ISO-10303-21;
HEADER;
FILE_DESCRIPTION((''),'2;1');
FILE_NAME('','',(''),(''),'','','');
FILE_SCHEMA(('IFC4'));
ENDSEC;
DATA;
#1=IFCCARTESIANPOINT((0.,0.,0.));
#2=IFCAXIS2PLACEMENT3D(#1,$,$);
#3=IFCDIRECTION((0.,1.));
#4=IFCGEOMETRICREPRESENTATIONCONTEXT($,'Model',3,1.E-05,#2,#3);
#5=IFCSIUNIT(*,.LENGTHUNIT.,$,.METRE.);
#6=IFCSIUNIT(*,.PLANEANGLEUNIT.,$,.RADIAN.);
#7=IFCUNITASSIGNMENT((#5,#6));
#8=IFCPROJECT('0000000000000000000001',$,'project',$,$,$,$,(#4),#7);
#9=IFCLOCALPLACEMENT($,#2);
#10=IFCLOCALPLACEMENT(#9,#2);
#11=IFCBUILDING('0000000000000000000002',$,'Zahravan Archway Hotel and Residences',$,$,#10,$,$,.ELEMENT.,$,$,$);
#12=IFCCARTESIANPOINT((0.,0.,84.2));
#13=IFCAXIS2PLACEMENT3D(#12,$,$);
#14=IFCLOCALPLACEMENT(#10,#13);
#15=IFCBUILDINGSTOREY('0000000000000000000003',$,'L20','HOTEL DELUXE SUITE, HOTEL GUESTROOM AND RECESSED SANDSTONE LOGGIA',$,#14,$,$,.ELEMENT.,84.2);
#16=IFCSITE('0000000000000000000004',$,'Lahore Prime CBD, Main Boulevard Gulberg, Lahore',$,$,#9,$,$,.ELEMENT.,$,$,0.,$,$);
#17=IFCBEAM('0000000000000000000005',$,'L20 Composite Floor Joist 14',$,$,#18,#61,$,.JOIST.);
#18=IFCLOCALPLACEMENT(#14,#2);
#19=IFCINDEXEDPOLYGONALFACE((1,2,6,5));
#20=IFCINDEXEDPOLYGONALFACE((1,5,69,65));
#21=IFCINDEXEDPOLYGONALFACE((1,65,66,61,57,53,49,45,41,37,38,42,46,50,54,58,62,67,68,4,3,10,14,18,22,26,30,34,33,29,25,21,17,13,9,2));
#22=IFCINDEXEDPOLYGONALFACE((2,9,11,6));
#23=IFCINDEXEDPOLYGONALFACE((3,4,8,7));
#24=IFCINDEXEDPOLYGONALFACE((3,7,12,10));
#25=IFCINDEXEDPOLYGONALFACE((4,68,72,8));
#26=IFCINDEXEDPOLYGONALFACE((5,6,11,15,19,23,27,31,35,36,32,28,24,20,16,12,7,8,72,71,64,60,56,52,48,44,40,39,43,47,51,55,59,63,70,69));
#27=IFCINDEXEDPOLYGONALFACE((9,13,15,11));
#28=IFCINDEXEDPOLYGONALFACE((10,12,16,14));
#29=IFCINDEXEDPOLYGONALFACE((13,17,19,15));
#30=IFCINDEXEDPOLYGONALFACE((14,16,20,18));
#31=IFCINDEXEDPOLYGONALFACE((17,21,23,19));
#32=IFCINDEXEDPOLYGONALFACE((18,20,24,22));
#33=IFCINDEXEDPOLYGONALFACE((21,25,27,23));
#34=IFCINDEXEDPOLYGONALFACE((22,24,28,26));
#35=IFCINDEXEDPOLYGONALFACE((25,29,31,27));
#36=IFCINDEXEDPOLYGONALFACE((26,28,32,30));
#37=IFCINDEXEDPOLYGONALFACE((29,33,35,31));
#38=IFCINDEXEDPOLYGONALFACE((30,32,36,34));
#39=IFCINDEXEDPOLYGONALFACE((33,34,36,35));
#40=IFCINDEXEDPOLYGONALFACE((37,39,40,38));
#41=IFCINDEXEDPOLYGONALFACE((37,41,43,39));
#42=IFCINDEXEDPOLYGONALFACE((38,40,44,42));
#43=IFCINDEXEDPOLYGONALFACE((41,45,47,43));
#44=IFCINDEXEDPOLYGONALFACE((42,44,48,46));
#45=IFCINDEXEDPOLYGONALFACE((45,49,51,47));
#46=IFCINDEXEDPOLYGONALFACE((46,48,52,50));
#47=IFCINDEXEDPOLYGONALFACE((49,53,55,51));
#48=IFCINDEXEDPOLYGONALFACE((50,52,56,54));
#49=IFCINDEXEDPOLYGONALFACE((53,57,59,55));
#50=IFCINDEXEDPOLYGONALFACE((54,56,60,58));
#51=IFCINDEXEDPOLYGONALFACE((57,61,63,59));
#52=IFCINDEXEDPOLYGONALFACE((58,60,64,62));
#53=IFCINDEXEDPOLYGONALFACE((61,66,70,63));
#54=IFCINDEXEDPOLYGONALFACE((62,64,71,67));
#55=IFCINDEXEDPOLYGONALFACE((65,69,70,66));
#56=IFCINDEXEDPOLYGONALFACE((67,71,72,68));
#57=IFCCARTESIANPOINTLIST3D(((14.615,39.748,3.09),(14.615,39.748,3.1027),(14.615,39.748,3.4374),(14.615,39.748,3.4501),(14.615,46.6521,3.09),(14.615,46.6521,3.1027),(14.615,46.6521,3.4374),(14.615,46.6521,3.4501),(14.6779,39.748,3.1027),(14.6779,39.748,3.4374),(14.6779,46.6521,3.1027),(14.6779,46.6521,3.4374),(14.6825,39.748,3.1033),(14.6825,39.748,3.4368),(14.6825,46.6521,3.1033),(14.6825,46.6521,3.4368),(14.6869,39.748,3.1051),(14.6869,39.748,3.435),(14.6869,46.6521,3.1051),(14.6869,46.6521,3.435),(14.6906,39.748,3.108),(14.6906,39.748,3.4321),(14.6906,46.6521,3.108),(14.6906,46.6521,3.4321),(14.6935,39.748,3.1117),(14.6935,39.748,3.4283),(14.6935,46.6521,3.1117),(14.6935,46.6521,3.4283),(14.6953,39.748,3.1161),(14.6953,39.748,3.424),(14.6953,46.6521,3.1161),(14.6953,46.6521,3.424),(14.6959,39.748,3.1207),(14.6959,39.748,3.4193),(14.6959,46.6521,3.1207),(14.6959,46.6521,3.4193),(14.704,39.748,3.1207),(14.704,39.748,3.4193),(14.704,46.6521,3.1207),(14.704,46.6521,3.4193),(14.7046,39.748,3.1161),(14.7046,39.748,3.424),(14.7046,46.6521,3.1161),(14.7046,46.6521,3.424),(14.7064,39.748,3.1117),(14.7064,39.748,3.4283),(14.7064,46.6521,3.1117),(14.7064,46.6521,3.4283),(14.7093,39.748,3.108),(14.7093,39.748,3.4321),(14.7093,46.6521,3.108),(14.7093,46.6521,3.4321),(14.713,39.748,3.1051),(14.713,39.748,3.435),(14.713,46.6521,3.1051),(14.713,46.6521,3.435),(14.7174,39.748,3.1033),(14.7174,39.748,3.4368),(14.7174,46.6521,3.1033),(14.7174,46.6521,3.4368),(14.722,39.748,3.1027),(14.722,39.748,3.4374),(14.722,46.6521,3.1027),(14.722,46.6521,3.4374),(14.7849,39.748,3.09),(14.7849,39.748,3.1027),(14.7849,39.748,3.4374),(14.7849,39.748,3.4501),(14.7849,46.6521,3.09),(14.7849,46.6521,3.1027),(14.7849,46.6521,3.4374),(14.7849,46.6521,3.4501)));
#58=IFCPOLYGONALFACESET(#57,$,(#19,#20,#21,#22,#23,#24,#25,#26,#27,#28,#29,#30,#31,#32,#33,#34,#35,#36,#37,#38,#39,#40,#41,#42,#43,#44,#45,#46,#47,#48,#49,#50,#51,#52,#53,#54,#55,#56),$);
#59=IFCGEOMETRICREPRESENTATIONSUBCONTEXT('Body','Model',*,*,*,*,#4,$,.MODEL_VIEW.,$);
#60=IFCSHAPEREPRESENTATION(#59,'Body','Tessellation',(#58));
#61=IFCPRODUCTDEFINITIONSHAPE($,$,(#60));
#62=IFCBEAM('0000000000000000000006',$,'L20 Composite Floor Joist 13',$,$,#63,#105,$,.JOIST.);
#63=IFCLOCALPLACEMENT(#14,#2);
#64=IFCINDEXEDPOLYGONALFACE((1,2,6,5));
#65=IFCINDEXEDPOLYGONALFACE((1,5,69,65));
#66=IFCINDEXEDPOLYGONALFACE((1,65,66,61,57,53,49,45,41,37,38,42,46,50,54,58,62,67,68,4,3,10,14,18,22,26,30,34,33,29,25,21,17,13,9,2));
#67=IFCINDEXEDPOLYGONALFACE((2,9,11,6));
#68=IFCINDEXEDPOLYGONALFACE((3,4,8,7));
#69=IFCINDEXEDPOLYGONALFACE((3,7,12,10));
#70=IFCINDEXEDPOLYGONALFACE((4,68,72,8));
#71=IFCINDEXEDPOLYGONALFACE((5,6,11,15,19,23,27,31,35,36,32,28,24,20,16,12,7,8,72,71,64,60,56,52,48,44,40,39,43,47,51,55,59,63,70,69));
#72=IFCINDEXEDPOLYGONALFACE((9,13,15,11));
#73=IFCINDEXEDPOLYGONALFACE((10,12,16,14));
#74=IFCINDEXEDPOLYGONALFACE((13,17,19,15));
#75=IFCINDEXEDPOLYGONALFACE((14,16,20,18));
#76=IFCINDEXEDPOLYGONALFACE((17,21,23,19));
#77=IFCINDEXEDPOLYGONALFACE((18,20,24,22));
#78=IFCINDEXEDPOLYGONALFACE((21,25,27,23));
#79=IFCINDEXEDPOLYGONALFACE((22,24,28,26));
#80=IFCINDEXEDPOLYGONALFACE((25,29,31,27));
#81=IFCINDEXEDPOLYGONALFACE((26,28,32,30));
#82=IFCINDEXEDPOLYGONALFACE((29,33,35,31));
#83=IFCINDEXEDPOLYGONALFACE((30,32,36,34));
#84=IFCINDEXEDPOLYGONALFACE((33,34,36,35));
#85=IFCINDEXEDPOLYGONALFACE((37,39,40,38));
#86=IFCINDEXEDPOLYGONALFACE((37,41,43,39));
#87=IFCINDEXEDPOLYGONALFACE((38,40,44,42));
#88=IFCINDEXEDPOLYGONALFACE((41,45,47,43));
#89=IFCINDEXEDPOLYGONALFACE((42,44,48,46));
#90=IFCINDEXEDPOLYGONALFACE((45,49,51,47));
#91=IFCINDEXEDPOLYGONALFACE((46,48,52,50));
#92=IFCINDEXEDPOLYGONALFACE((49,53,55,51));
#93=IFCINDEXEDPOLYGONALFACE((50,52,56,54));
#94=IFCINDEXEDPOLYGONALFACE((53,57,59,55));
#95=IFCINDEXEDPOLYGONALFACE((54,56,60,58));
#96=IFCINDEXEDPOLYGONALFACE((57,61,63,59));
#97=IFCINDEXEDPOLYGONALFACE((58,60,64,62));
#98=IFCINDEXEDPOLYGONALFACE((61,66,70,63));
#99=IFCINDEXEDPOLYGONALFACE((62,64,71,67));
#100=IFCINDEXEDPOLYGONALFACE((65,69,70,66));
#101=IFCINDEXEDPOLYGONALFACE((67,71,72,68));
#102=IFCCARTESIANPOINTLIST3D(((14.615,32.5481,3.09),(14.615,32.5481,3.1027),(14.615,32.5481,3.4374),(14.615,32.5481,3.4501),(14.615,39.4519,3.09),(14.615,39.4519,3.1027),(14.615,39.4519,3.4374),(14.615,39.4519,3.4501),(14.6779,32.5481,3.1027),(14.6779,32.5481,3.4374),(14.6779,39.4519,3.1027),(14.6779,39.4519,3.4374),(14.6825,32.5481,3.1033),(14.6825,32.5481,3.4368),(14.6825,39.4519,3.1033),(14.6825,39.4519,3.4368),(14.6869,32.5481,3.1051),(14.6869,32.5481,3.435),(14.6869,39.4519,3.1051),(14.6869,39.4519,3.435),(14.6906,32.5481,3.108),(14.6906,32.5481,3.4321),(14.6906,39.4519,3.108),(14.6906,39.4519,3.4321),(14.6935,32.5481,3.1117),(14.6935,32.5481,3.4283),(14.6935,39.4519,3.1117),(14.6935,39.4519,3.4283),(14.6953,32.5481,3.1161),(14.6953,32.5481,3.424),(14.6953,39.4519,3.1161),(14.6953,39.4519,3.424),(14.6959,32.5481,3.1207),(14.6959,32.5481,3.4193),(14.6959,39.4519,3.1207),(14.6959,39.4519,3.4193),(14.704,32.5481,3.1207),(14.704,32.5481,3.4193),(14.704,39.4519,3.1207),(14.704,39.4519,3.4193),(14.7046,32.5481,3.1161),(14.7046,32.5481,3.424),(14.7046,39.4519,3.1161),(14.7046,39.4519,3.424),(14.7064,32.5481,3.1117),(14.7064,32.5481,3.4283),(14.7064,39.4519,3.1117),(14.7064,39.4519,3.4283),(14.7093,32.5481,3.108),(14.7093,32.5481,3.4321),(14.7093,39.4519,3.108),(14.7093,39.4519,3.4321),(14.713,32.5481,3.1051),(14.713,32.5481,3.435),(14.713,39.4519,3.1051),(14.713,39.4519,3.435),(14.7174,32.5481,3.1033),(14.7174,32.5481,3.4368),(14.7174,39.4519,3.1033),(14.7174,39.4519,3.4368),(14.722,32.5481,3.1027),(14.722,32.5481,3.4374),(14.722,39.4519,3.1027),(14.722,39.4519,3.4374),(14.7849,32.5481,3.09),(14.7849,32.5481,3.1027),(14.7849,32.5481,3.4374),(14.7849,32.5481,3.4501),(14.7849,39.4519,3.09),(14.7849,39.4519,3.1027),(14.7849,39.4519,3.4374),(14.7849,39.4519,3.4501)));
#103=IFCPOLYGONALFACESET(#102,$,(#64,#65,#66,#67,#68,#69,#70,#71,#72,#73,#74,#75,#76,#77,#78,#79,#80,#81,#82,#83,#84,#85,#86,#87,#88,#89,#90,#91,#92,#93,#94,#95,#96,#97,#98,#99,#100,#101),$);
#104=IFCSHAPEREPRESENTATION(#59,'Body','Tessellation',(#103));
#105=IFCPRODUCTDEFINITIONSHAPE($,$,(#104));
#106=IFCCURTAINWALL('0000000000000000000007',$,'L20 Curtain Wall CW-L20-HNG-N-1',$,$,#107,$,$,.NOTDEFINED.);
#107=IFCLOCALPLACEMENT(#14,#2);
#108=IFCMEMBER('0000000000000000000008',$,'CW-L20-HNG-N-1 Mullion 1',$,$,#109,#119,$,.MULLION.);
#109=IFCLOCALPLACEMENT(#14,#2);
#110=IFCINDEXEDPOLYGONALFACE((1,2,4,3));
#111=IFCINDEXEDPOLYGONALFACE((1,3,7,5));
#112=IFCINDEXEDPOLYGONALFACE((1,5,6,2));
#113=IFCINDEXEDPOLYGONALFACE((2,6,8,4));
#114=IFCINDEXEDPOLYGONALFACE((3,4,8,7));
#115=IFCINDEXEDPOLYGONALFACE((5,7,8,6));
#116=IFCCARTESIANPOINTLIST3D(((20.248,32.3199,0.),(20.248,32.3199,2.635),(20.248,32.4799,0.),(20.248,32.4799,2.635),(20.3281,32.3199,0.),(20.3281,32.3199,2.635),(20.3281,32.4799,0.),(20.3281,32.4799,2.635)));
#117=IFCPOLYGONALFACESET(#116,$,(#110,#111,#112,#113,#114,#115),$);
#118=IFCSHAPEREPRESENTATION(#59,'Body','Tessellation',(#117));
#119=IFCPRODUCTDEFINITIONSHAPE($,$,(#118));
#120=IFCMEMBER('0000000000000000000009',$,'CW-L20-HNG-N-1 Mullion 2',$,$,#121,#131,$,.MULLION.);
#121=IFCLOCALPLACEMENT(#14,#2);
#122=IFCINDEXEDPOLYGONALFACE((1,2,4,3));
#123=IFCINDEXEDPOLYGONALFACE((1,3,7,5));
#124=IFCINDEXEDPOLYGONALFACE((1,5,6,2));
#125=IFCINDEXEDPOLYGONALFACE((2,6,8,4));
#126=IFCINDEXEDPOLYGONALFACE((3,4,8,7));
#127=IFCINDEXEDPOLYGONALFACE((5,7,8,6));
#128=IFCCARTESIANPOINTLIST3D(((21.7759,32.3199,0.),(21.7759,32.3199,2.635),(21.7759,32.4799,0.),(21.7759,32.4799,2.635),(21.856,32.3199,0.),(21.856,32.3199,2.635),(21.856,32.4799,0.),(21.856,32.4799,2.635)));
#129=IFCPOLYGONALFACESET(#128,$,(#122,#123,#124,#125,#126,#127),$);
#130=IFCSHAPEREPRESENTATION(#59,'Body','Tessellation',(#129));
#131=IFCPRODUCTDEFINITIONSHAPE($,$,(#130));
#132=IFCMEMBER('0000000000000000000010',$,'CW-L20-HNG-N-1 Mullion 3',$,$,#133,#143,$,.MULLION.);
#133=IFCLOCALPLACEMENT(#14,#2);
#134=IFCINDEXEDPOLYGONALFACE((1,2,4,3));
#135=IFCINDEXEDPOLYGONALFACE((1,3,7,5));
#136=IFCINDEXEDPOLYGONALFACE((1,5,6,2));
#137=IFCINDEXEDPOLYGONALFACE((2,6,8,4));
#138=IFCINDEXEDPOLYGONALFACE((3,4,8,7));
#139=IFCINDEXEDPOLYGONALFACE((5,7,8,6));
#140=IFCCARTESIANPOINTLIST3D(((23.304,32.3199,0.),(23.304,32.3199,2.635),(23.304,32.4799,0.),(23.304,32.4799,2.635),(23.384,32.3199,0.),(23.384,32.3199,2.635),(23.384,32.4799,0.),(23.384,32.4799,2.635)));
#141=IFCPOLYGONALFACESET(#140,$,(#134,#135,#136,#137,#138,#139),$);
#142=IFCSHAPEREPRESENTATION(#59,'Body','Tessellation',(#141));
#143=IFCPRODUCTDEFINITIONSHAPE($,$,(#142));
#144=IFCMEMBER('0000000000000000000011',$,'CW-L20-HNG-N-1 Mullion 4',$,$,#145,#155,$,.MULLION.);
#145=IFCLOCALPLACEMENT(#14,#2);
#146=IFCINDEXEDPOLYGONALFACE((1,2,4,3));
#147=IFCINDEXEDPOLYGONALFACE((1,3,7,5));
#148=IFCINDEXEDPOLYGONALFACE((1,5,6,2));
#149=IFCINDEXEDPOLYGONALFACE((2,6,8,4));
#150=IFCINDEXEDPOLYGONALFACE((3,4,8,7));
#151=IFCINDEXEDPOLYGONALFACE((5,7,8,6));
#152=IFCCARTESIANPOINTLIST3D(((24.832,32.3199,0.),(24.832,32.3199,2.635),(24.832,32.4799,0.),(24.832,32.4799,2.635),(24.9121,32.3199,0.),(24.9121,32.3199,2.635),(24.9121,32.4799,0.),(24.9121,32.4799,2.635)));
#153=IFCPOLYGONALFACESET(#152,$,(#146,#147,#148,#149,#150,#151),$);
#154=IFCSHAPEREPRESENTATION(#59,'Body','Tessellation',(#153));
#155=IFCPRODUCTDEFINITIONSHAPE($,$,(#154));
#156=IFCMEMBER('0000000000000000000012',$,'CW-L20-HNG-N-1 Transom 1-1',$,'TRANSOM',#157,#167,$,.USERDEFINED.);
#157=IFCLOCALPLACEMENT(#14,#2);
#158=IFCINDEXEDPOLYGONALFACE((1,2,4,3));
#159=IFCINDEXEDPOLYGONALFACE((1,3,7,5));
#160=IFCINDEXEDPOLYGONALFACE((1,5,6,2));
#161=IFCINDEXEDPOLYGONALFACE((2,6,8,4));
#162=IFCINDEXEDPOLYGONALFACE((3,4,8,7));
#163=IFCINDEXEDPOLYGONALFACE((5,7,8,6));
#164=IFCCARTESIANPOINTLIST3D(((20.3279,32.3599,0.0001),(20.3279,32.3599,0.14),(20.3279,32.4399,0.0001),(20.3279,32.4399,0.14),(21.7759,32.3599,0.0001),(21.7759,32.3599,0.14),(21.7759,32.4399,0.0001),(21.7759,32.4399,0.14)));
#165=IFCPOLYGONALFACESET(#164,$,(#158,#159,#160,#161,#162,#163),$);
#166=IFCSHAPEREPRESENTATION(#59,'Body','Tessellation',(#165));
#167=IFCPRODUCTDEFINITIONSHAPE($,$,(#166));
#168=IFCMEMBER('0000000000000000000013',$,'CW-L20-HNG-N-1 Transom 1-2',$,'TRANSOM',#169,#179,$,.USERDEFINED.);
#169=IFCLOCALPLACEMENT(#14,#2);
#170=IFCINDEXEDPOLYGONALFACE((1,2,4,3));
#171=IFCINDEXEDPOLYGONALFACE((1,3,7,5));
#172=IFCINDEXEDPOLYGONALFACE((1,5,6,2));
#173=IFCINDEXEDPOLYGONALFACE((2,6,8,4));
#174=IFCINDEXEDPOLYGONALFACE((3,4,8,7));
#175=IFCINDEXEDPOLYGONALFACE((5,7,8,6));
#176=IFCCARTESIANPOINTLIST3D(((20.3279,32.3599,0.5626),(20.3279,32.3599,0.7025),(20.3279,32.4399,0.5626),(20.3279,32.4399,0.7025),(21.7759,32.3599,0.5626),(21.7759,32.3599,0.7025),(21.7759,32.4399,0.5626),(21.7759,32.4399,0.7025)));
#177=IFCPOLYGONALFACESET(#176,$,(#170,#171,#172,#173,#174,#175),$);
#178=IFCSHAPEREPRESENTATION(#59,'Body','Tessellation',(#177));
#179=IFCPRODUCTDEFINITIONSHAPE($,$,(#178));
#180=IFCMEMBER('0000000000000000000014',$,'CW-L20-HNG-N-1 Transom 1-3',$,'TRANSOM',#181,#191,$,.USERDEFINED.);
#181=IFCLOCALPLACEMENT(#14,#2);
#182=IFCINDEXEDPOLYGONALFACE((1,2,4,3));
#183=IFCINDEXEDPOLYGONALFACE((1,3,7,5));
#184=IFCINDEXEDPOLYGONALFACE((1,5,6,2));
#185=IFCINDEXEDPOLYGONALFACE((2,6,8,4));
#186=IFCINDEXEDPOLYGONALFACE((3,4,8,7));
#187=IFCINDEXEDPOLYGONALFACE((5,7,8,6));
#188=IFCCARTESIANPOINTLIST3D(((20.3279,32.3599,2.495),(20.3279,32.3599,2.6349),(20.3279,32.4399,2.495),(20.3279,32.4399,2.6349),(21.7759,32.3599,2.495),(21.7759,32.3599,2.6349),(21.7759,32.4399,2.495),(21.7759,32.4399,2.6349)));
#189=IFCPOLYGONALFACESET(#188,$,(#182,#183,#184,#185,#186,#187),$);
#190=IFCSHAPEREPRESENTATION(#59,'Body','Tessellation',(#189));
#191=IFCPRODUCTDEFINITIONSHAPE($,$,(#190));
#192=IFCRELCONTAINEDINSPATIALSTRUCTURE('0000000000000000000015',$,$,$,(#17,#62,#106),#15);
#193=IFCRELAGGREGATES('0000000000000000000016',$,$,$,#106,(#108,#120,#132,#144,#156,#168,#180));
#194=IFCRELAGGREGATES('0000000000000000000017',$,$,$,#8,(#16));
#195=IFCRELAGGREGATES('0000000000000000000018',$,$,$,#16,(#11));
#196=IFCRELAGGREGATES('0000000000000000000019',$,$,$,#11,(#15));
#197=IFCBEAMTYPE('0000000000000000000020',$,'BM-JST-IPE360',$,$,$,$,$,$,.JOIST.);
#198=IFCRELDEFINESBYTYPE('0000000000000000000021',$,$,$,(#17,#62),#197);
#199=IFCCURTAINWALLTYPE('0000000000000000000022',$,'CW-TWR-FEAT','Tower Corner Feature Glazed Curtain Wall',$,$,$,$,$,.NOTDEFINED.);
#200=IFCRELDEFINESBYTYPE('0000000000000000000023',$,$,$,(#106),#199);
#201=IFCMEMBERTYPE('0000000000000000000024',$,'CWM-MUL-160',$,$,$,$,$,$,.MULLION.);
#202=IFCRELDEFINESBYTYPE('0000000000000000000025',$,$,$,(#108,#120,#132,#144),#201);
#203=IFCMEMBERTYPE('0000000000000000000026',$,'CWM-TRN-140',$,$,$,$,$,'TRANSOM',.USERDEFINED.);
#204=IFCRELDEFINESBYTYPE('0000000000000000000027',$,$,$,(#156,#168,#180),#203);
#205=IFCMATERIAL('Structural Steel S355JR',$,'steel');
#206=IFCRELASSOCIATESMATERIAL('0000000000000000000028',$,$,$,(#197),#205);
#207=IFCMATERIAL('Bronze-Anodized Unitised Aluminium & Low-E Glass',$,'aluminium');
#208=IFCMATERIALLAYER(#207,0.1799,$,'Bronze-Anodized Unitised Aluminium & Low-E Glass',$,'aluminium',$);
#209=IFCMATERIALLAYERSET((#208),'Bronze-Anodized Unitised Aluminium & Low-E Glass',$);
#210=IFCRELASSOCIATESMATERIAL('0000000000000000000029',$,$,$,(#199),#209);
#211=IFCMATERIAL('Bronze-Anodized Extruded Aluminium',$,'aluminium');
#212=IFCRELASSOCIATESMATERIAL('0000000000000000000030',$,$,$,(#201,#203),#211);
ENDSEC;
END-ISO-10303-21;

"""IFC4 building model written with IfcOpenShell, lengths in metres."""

from ifc_helpers import new_model, si_unit, direction, frame, origin, origin_2d, place, context, subcontext, project, spatial, rectangle, i_section, extrude, source, transform, mapped, material, layer, layer_set, material_profile, profile_set, type_object, type_shapes, element, aggregate, save


model = new_model("IFC4")

# Units and contexts
model_context = context("Model", 3, precision=1e-05, world=origin(), true_north=direction((0.0, 1.0)))
body_context = subcontext(model_context, "Body", "Model", "MODEL_VIEW")
ifc_project = project(units=[si_unit("LENGTHUNIT", "METRE"), si_unit("PLANEANGLEUNIT", "RADIAN")], contexts=[model_context])

# Site, building, storey
site_placement = place(None, origin())
site = spatial("IfcSite", under=ifc_project, at=site_placement, Name="Lahore Prime CBD, Main Boulevard Gulberg, Lahore", CompositionType="ELEMENT", RefElevation=0.0)
building_placement = place(site_placement, origin())
building = spatial("IfcBuilding", under=site, at=building_placement, Name="Zahravan Archway Hotel and Residences", CompositionType="ELEMENT")
storey_placement = place(building_placement, frame((0.0, 0.0, 84.2)))
storey = spatial("IfcBuildingStorey", under=building, at=storey_placement, Name="L20", Description="HOTEL DELUXE SUITE, HOTEL GUESTROOM AND RECESSED SANDSTONE LOGGIA", CompositionType="ELEMENT", Elevation=84.2)

# Beams
ifc_material_1 = material(Name="Structural Steel S355JR", Category="steel")
ifc_material_profile_1 = material_profile(ifc_material_1, i_section(OverallWidth=0.1699, OverallDepth=0.3601, WebThickness=0.0081, FlangeThickness=0.0127, FilletRadius=0.0181, at=origin_2d()), Name="IPE 360", Category="steel")
ifc_profile_set_1 = profile_set([ifc_material_profile_1], Name="Structural Steel S355JR")
beam_type_1 = type_object("IfcBeamType", Name="BM-JST-IPE360", PredefinedType="JOIST", material=ifc_profile_set_1)
shared_shape_1 = source(origin(), body_context, "Body", "SweptSolid", [
    extrude(i_section(OverallWidth=0.1699, OverallDepth=0.3601, WebThickness=0.0081, FlangeThickness=0.0127, FilletRadius=0.0181, at=origin_2d()), origin(), (0.0, 0.0, 1.0), 6.9041),
])
type_shapes(beam_type_1, [shared_shape_1])
beam_1_placement = place(storey_placement, frame((14.7, 39.748, 3.27), z_axis=(0.0, 1.0, 0.0), x_axis=(-1.0, 0.0, 0.0)))
element("IfcBeam", 1, at=beam_1_placement, inside=storey, type_object=beam_type_1, Name="L20 Composite Floor Joist 14", PredefinedType="JOIST", context=body_context, shape_type="MappedRepresentation", body=[
    mapped(shared_shape_1, transform((0.0, 0.0, 0.0), scale=1.0)),
])
shared_shape_2 = source(origin(), body_context, "Body", "SweptSolid", [
    extrude(i_section(OverallWidth=0.1699, OverallDepth=0.3601, WebThickness=0.0081, FlangeThickness=0.0127, FilletRadius=0.0181, at=origin_2d()), origin(), (0.0, 0.0, 1.0), 6.9038),
])
beam_2_placement = place(storey_placement, frame((14.7, 32.5481, 3.27), z_axis=(0.0, 1.0, 0.0), x_axis=(-1.0, 0.0, 0.0)))
element("IfcBeam", 2, at=beam_2_placement, inside=storey, type_object=beam_type_1, Name="L20 Composite Floor Joist 13", PredefinedType="JOIST", context=body_context, shape_type="MappedRepresentation", body=[
    mapped(shared_shape_2, transform((0.0, 0.0, 0.0), scale=1.0)),
])

# Curtain wall, members
ifc_material_2 = material(Name="Bronze-Anodized Unitised Aluminium & Low-E Glass", Category="aluminium")
ifc_layer_1 = layer(ifc_material_2, 0.1799, Name="Bronze-Anodized Unitised Aluminium & Low-E Glass", Category="aluminium")
ifc_layer_set_1 = layer_set([ifc_layer_1], Name="Bronze-Anodized Unitised Aluminium & Low-E Glass")
curtain_wall_type = type_object("IfcCurtainWallType", Name="CW-TWR-FEAT", Description="Tower Corner Feature Glazed Curtain Wall", PredefinedType="NOTDEFINED", material=ifc_layer_set_1)
curtain_wall_placement = place(storey_placement, origin())
curtain_wall = element("IfcCurtainWall", 3, at=curtain_wall_placement, inside=storey, type_object=curtain_wall_type, Name="L20 Curtain Wall CW-L20-HNG-N-1", PredefinedType="NOTDEFINED")
ifc_material_3 = material(Name="Bronze-Anodized Extruded Aluminium", Category="aluminium")
ifc_material_profile_2 = material_profile(ifc_material_3, rectangle(XDim=0.0801, YDim=0.1599, at=origin_2d()), Name="MUL 80x160", Category="aluminium")
ifc_profile_set_2 = profile_set([ifc_material_profile_2], Name="Bronze-Anodized Extruded Aluminium")
member_type_1 = type_object("IfcMemberType", Name="CWM-MUL-160", PredefinedType="MULLION", material=ifc_profile_set_2)
shared_shape_3 = source(origin(), body_context, "Body", "SweptSolid", [
    extrude(rectangle(XDim=0.0801, YDim=0.1599, at=origin_2d()), origin(), (0.0, 0.0, 1.0), 2.635),
])
member_1_placement = place(storey_placement, frame((20.2881, 32.3999, 0.0), z_axis=(0.0, 0.0, 1.0), x_axis=(1.0, 0.0, 0.0)))
member_1 = element("IfcMember", 4, at=member_1_placement, type_object=member_type_1, Name="CW-L20-HNG-N-1 Mullion 1", PredefinedType="MULLION", context=body_context, shape_type="MappedRepresentation", body=[
    mapped(shared_shape_3, transform((0.0, 0.0, 0.0), scale=1.0)),
])
member_2_placement = place(storey_placement, frame((21.8159, 32.3999, 0.0), z_axis=(0.0, 0.0, 1.0), x_axis=(1.0, 0.0, 0.0)))
member_2 = element("IfcMember", 5, at=member_2_placement, type_object=member_type_1, Name="CW-L20-HNG-N-1 Mullion 2", PredefinedType="MULLION", context=body_context, shape_type="MappedRepresentation", body=[
    mapped(shared_shape_3, transform((0.0, 0.0, 0.0), scale=1.0)),
])
member_3_placement = place(storey_placement, frame((23.344, 32.3999, 0.0), z_axis=(0.0, 0.0, 1.0), x_axis=(1.0, 0.0, 0.0)))
member_3 = element("IfcMember", 6, at=member_3_placement, type_object=member_type_1, Name="CW-L20-HNG-N-1 Mullion 3", PredefinedType="MULLION", context=body_context, shape_type="MappedRepresentation", body=[
    mapped(shared_shape_3, transform((0.0, 0.0, 0.0), scale=1.0)),
])
member_4_placement = place(storey_placement, frame((24.8721, 32.3999, 0.0), z_axis=(0.0, 0.0, 1.0), x_axis=(1.0, 0.0, 0.0)))
member_4 = element("IfcMember", 7, at=member_4_placement, type_object=member_type_1, Name="CW-L20-HNG-N-1 Mullion 4", PredefinedType="MULLION", context=body_context, shape_type="MappedRepresentation", body=[
    mapped(shared_shape_3, transform((0.0, 0.0, 0.0), scale=1.0)),
])
ifc_material_profile_3 = material_profile(ifc_material_3, rectangle(XDim=0.0801, YDim=0.1399, at=origin_2d()), Name="TRN 80x140", Category="aluminium")
ifc_profile_set_3 = profile_set([ifc_material_profile_3], Name="Bronze-Anodized Extruded Aluminium")
member_type_2 = type_object("IfcMemberType", Name="CWM-TRN-140", ElementType="TRANSOM", PredefinedType="USERDEFINED", material=ifc_profile_set_3)
shared_shape_4 = source(origin(), body_context, "Body", "SweptSolid", [
    extrude(rectangle(XDim=0.0801, YDim=0.1399, at=origin_2d()), origin(), (0.0, 0.0, 1.0), 1.448),
])
member_5_placement = place(storey_placement, frame((20.3279, 32.3999, 0.0701), z_axis=(1.0, 0.0, 0.0), x_axis=(0.0, 1.0, 0.0)))
member_5 = element("IfcMember", 8, at=member_5_placement, type_object=member_type_2, Name="CW-L20-HNG-N-1 Transom 1-1", ObjectType="TRANSOM", PredefinedType="USERDEFINED", context=body_context, shape_type="MappedRepresentation", body=[
    mapped(shared_shape_4, transform((0.0, 0.0, 0.0), scale=1.0)),
])
member_6_placement = place(storey_placement, frame((20.3279, 32.3999, 0.6326), z_axis=(1.0, 0.0, 0.0), x_axis=(0.0, 1.0, 0.0)))
member_6 = element("IfcMember", 9, at=member_6_placement, type_object=member_type_2, Name="CW-L20-HNG-N-1 Transom 1-2", ObjectType="TRANSOM", PredefinedType="USERDEFINED", context=body_context, shape_type="MappedRepresentation", body=[
    mapped(shared_shape_4, transform((0.0, 0.0, 0.0), scale=1.0)),
])
member_7_placement = place(storey_placement, frame((20.3279, 32.3999, 2.5649), z_axis=(1.0, 0.0, 0.0), x_axis=(0.0, 1.0, 0.0)))
member_7 = element("IfcMember", 10, at=member_7_placement, type_object=member_type_2, Name="CW-L20-HNG-N-1 Transom 1-3", ObjectType="TRANSOM", PredefinedType="USERDEFINED", context=body_context, shape_type="MappedRepresentation", body=[
    mapped(shared_shape_4, transform((0.0, 0.0, 0.0), scale=1.0)),
])
aggregate(curtain_wall, [member_1, member_2, member_3, member_4, member_5, member_6, member_7])

save(model, "model.ifc")
